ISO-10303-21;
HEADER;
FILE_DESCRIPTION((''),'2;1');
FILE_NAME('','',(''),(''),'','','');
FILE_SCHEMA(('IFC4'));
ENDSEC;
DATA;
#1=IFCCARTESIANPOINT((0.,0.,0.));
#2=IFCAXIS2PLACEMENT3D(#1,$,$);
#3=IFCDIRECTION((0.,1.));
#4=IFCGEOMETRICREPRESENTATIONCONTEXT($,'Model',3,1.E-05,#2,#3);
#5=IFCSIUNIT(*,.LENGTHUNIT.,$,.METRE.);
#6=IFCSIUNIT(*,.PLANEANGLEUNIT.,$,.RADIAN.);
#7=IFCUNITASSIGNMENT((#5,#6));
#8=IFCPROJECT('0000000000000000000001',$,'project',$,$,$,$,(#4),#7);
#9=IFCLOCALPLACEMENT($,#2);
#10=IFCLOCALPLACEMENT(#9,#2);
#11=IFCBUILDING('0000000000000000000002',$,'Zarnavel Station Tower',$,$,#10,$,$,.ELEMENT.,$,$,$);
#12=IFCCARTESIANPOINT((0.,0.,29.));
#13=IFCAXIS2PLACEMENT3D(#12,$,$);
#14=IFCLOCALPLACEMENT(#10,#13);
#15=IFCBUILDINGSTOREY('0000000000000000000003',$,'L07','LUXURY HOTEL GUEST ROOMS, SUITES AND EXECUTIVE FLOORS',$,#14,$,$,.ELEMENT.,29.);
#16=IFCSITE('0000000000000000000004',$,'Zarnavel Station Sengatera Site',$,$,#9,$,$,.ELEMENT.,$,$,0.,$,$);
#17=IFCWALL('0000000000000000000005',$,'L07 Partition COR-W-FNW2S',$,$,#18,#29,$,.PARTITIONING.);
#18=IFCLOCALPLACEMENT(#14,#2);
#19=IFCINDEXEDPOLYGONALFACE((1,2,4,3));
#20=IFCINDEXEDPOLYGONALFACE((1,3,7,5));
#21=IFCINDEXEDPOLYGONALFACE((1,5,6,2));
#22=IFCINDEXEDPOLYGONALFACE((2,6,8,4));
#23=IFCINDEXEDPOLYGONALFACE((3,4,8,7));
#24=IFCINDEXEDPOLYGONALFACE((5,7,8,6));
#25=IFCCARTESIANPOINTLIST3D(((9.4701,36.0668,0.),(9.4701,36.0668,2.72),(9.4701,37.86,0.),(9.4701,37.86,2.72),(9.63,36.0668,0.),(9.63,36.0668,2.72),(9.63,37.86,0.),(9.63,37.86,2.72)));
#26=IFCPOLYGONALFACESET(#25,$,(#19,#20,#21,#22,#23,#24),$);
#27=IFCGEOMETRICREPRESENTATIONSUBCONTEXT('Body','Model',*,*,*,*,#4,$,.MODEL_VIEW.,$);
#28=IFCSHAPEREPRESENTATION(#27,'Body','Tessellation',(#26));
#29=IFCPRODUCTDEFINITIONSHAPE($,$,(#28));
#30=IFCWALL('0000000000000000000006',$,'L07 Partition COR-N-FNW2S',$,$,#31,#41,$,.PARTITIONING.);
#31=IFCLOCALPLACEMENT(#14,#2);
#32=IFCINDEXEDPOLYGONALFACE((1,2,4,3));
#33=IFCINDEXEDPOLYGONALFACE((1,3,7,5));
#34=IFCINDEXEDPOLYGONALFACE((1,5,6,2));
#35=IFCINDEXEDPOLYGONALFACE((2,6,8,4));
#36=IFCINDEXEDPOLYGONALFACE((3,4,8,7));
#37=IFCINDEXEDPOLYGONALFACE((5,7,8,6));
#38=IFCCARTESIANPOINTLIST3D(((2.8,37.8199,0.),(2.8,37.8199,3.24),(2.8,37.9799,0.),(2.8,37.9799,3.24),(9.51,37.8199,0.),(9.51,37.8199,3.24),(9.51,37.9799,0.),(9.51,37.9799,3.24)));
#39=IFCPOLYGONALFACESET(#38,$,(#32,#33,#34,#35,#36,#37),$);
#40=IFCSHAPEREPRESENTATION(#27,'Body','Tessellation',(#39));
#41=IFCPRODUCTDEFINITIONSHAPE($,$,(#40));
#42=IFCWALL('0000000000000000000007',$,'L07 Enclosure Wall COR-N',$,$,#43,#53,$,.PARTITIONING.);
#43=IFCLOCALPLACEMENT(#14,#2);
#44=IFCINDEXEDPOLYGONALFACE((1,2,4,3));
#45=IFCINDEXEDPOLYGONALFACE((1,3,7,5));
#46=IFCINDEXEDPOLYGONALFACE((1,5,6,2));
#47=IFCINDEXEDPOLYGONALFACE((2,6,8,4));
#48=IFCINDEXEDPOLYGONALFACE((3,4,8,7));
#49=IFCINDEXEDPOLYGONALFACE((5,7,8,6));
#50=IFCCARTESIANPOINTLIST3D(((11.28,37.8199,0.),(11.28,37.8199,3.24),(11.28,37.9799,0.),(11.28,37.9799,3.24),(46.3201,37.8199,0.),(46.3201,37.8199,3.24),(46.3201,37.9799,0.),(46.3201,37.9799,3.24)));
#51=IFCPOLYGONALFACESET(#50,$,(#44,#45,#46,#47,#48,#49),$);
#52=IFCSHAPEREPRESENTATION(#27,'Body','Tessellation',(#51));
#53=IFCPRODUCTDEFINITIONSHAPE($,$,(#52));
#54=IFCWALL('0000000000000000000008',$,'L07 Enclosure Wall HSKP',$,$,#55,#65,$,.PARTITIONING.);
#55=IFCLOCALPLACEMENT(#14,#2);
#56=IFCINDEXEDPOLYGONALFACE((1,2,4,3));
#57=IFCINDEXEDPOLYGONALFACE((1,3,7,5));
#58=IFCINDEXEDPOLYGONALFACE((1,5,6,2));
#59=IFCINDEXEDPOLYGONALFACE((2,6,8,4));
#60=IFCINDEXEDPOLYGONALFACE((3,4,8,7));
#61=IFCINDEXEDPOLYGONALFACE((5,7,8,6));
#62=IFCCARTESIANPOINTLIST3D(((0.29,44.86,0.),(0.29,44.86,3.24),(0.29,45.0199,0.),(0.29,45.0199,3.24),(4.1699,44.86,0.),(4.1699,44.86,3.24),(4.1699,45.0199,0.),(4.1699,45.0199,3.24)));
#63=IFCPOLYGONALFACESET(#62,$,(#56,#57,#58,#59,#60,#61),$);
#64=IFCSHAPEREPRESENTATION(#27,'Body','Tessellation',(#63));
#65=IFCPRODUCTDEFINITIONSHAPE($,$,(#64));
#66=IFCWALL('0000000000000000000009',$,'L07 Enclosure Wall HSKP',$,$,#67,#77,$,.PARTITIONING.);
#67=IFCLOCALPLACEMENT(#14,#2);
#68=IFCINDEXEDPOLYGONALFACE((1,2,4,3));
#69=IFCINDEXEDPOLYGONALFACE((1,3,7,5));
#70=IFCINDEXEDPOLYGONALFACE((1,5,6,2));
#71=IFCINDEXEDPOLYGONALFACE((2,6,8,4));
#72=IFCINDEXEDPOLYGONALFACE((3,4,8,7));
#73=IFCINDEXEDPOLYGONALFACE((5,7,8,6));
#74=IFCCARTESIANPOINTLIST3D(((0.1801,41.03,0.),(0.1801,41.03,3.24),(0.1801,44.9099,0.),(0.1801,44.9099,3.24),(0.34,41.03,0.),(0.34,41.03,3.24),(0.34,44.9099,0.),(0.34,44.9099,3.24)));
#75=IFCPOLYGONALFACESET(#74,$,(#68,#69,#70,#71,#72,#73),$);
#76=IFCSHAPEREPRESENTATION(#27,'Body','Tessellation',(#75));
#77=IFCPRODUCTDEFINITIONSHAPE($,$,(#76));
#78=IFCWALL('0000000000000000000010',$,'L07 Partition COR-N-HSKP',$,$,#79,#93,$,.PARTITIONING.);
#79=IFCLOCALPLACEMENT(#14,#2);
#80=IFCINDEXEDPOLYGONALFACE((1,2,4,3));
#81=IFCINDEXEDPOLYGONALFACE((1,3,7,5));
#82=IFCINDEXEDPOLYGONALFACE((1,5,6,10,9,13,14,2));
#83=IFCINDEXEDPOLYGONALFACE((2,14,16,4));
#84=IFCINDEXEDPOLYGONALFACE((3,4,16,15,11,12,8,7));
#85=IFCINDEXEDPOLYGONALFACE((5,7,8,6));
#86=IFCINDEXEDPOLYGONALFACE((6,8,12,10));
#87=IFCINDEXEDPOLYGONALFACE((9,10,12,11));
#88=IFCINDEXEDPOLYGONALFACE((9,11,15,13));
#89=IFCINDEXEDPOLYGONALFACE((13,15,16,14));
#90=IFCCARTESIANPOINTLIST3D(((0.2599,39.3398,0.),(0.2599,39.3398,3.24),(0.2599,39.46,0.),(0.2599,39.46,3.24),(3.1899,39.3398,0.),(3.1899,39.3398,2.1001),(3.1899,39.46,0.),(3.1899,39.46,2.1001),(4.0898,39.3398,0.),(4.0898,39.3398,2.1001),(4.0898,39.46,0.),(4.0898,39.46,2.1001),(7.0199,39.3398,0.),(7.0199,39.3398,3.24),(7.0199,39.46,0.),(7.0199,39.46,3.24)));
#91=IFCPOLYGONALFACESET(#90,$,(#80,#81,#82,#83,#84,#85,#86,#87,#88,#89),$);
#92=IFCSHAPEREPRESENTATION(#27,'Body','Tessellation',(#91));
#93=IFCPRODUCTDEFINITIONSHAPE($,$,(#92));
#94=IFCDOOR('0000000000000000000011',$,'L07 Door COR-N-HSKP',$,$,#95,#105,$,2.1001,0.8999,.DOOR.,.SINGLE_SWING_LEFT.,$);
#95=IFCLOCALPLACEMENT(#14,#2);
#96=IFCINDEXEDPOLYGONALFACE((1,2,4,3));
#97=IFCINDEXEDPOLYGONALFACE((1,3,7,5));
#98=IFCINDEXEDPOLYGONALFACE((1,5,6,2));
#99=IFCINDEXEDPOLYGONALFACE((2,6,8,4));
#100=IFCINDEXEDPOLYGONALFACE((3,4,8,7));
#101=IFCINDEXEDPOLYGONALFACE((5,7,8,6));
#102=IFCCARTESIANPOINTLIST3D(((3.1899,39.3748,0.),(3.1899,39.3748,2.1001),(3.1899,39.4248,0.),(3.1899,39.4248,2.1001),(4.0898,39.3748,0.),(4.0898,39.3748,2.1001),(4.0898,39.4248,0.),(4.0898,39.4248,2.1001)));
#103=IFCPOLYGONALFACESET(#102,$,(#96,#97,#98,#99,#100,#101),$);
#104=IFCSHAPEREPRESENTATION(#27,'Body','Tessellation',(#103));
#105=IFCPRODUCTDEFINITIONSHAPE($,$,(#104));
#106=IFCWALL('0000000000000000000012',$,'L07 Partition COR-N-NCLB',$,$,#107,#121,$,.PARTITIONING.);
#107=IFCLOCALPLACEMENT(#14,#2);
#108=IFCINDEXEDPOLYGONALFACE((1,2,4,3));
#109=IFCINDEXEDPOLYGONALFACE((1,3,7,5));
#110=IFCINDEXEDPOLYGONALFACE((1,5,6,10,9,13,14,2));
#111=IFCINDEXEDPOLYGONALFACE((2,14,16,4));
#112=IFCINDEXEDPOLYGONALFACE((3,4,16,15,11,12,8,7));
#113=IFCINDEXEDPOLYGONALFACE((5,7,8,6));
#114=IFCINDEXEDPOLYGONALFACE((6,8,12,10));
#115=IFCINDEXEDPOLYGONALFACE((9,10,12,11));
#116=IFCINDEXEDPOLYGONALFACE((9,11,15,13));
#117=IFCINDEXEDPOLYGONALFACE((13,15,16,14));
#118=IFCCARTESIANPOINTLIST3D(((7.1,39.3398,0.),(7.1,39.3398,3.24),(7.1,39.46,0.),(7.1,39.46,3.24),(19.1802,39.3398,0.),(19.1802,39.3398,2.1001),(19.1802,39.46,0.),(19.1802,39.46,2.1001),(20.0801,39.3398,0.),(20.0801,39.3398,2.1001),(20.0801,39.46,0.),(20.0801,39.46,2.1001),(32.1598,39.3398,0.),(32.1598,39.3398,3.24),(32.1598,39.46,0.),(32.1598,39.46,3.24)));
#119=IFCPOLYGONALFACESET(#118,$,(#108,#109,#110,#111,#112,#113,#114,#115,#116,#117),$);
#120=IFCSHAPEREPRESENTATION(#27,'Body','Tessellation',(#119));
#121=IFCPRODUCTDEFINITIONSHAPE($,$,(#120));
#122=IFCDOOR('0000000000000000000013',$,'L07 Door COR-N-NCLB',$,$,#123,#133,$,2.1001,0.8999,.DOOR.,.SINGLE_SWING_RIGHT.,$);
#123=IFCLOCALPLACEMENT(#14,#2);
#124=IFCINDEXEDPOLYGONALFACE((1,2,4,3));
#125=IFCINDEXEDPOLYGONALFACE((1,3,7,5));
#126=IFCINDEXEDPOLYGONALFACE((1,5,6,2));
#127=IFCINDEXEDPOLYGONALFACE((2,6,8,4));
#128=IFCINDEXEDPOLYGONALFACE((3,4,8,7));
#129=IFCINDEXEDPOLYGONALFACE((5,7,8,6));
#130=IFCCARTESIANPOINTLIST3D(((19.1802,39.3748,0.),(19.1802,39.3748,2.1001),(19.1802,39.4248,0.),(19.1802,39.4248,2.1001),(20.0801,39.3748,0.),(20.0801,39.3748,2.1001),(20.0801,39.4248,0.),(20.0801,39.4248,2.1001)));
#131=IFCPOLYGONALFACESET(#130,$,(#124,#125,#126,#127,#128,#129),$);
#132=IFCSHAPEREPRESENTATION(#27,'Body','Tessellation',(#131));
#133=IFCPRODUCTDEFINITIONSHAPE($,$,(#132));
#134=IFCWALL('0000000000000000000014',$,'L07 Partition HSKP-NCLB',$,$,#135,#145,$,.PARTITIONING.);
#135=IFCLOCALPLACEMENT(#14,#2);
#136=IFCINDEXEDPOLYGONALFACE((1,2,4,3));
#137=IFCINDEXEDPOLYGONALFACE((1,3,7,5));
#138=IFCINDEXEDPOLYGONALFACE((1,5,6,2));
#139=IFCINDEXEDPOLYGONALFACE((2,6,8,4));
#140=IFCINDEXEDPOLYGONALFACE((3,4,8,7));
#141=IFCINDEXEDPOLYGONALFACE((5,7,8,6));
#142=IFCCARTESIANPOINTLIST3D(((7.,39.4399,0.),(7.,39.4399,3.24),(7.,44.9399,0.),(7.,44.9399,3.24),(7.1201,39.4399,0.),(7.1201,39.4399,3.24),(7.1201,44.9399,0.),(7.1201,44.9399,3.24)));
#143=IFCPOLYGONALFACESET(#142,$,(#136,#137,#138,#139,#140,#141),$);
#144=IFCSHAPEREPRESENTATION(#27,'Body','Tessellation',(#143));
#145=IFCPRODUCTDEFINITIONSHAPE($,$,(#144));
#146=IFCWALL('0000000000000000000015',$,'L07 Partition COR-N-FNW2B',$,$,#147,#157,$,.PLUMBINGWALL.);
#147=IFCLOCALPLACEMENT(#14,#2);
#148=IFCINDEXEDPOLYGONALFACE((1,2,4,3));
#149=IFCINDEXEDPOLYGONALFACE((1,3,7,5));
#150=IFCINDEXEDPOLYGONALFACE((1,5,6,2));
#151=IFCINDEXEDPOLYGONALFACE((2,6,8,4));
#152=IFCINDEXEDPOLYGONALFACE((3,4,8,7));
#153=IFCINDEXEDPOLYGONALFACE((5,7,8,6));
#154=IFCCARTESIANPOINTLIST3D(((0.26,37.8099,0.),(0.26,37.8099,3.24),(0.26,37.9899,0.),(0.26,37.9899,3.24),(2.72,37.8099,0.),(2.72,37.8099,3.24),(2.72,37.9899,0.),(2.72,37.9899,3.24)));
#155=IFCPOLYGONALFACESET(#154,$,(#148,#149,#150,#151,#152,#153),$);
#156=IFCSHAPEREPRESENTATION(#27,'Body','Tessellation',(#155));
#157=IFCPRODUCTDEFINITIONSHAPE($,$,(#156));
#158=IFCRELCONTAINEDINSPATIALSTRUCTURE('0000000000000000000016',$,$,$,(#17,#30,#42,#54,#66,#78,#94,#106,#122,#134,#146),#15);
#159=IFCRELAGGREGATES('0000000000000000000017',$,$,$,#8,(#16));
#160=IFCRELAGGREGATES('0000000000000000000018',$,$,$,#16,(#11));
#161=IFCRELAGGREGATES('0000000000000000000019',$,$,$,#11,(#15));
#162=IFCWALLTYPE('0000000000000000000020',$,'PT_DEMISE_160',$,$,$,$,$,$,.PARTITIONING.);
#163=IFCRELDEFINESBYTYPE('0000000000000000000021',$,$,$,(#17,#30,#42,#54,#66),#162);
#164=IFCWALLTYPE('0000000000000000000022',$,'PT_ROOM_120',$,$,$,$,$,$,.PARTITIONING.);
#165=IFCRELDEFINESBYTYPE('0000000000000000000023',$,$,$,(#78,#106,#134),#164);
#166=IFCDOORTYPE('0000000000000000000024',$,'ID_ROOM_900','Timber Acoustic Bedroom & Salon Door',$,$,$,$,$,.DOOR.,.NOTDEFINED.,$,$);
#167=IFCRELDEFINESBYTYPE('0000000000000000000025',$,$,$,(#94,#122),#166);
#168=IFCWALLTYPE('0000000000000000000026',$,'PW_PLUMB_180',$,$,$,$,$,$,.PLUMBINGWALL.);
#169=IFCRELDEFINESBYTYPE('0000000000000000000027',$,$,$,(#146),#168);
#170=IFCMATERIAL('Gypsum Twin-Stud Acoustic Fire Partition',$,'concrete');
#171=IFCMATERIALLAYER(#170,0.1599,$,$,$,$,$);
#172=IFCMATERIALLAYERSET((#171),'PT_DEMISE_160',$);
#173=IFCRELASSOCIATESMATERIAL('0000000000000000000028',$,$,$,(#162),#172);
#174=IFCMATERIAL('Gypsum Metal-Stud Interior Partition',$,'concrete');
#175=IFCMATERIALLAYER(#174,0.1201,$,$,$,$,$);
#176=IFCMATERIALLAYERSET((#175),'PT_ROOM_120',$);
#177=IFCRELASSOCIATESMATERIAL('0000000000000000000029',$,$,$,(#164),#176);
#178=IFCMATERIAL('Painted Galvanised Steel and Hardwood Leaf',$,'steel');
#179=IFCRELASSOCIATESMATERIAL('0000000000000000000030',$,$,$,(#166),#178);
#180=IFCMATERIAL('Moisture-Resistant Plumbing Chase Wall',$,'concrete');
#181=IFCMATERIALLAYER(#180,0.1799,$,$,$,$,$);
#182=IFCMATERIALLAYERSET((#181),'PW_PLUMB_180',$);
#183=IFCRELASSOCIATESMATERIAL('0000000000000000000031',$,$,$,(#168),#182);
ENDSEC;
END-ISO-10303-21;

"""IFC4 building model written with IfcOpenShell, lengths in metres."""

from ifc_helpers import new_model, si_unit, direction, frame, frame_2d, origin, place, context, subcontext, project, spatial, rectangle, extrude, material, layer, layer_set, type_object, element, fill, save


model = new_model("IFC4")

# Units and contexts
model_context = context("Model", 3, precision=1e-05, world=origin(), true_north=direction((0.0, 1.0)))
body_context = subcontext(model_context, "Body", "Model", "MODEL_VIEW")
ifc_project = project(units=[si_unit("LENGTHUNIT", "METRE"), si_unit("PLANEANGLEUNIT", "RADIAN")], contexts=[model_context])

# Site, building, storey
site_placement = place(None, origin())
site = spatial("IfcSite", under=ifc_project, at=site_placement, Name="Zarnavel Station Sengatera Site", CompositionType="ELEMENT", RefElevation=0.0)
building_placement = place(site_placement, origin())
building = spatial("IfcBuilding", under=site, at=building_placement, Name="Zarnavel Station Tower", CompositionType="ELEMENT")
storey_placement = place(building_placement, frame((0.0, 0.0, 29.0)))
storey = spatial("IfcBuildingStorey", under=building, at=storey_placement, Name="L07", Description="LUXURY HOTEL GUEST ROOMS, SUITES AND EXECUTIVE FLOORS", CompositionType="ELEMENT", Elevation=29.0)

# Walls
ifc_material_1 = material(Name="Gypsum Twin-Stud Acoustic Fire Partition", Category="concrete")
ifc_layer_1 = layer(ifc_material_1, 0.1599)
ifc_layer_set_1 = layer_set([ifc_layer_1], Name="PT_DEMISE_160")
wall_type_1 = type_object("IfcWallType", Name="PT_DEMISE_160", PredefinedType="PARTITIONING", material=ifc_layer_set_1)
wall_1_placement = place(storey_placement, frame((9.55, 36.0669, 0.0), z_axis=(0.0, 0.0, 1.0), x_axis=(0.0, 1.0, 0.0)))
element("IfcWall", 1, at=wall_1_placement, inside=storey, type_object=wall_type_1, Name="L07 Partition COR-W-FNW2S", PredefinedType="PARTITIONING", context=body_context, shape_type="SweptSolid", body=[
    extrude(rectangle(XDim=1.7932, YDim=0.1599, at=frame_2d((0.8965, 0.0))), origin(), (0.0, 0.0, 1.0), 2.72),
])
wall_2_placement = place(storey_placement, frame((2.8, 37.8999, 0.0), z_axis=(0.0, 0.0, 1.0), x_axis=(1.0, 0.0, 0.0)))
element("IfcWall", 2, at=wall_2_placement, inside=storey, type_object=wall_type_1, Name="L07 Partition COR-N-FNW2S", PredefinedType="PARTITIONING", context=body_context, shape_type="SweptSolid", body=[
    extrude(rectangle(XDim=6.71, YDim=0.1599, at=frame_2d((3.355, 0.0))), origin(), (0.0, 0.0, 1.0), 3.24),
])
wall_3_placement = place(storey_placement, frame((11.28, 37.8999, 0.0), z_axis=(0.0, 0.0, 1.0), x_axis=(1.0, 0.0, 0.0)))
element("IfcWall", 3, at=wall_3_placement, inside=storey, type_object=wall_type_1, Name="L07 Enclosure Wall COR-N", PredefinedType="PARTITIONING", context=body_context, shape_type="SweptSolid", body=[
    extrude(rectangle(XDim=35.04, YDim=0.1599, at=frame_2d((17.52, 0.0))), origin(), (0.0, 0.0, 1.0), 3.24),
])
for number, where, z_axis, x_axis, name in (
    (4, (0.29, 44.9399, 0.0), (0.0, 0.0, 1.0), (1.0, 0.0, 0.0), "L07 Enclosure Wall HSKP"),
    (5, (0.26, 41.03, 0.0), (0.0, 0.0, 1.0), (0.0, 1.0, 0.0), "L07 Enclosure Wall HSKP"),
):
    element("IfcWall", number, at=place(storey_placement, frame(where, z_axis=z_axis, x_axis=x_axis)), inside=storey, type_object=wall_type_1, Name=name, PredefinedType="PARTITIONING", context=body_context, shape_type="SweptSolid", body=[
        extrude(rectangle(XDim=3.8799, YDim=0.1599, at=frame_2d((1.9399, 0.0))), origin(), (0.0, 0.0, 1.0), 3.24),
    ])

# Walls, openings, doors
ifc_material_2 = material(Name="Gypsum Metal-Stud Interior Partition", Category="concrete")
ifc_layer_2 = layer(ifc_material_2, 0.1201)
ifc_layer_set_2 = layer_set([ifc_layer_2], Name="PT_ROOM_120")
wall_type_2 = type_object("IfcWallType", Name="PT_ROOM_120", PredefinedType="PARTITIONING", material=ifc_layer_set_2)
wall_4_placement = place(storey_placement, frame((0.26, 39.3999, 0.0), z_axis=(0.0, 0.0, 1.0), x_axis=(1.0, 0.0, 0.0)))
wall_4 = element("IfcWall", 6, at=wall_4_placement, inside=storey, type_object=wall_type_2, Name="L07 Partition COR-N-HSKP", PredefinedType="PARTITIONING", context=body_context, shape_type="SweptSolid", body=[
    extrude(rectangle(XDim=6.76, YDim=0.1201, at=frame_2d((3.3799, 0.0))), origin(), (0.0, 0.0, 1.0), 3.24),
])
opening_1_placement = place(wall_4_placement, frame((2.9299, 0.0, 0.0)))
opening_1 = element("IfcOpeningElement", 7, at=opening_1_placement, cuts=wall_4, PredefinedType="OPENING", context=body_context, shape_type="SweptSolid", body=[
    extrude(rectangle(XDim=0.8999, YDim=2.1001, at=frame_2d((0.45, 1.05))), frame((0.0, 0.0701, 0.0), z_axis=(0.0, -1.0, 0.0), x_axis=(1.0, 0.0, 0.0)), (0.0, 0.0, 1.0), 0.1401),
])
ifc_material_3 = material(Name="Painted Galvanised Steel and Hardwood Leaf", Category="steel")
door_type = type_object("IfcDoorType", Name="ID_ROOM_900", Description="Timber Acoustic Bedroom & Salon Door", OperationType="NOTDEFINED", PredefinedType="DOOR", material=ifc_material_3)
door_1_placement = place(opening_1_placement, origin())
door_1 = element("IfcDoor", 8, at=door_1_placement, inside=storey, type_object=door_type, Name="L07 Door COR-N-HSKP", OperationType="SINGLE_SWING_LEFT", OverallHeight=2.1001, OverallWidth=0.8999, PredefinedType="DOOR", context=body_context, shape_type="SweptSolid", body=[
    extrude(rectangle(XDim=0.8999, YDim=2.1001, at=frame_2d((0.45, 1.05))), frame((0.0, 0.0249, 0.0), z_axis=(0.0, -1.0, 0.0), x_axis=(1.0, 0.0, 0.0)), (0.0, 0.0, 1.0), 0.05),
])
fill(opening_1, door_1)
wall_5_placement = place(storey_placement, frame((7.1001, 39.3999, 0.0), z_axis=(0.0, 0.0, 1.0), x_axis=(1.0, 0.0, 0.0)))
wall_5 = element("IfcWall", 9, at=wall_5_placement, inside=storey, type_object=wall_type_2, Name="L07 Partition COR-N-NCLB", PredefinedType="PARTITIONING", context=body_context, shape_type="SweptSolid", body=[
    extrude(rectangle(XDim=25.0598, YDim=0.1201, at=frame_2d((12.5298, 0.0))), origin(), (0.0, 0.0, 1.0), 3.24),
])
opening_2_placement = place(wall_5_placement, frame((12.0801, 0.0, 0.0)))
opening_2 = element("IfcOpeningElement", 10, at=opening_2_placement, cuts=wall_5, PredefinedType="OPENING", context=body_context, shape_type="SweptSolid", body=[
    extrude(rectangle(XDim=0.8999, YDim=2.1001, at=frame_2d((0.45, 1.05))), frame((0.0, 0.0701, 0.0), z_axis=(0.0, -1.0, 0.0), x_axis=(1.0, 0.0, 0.0)), (0.0, 0.0, 1.0), 0.1401),
])
door_2_placement = place(opening_2_placement, origin())
door_2 = element("IfcDoor", 11, at=door_2_placement, inside=storey, type_object=door_type, Name="L07 Door COR-N-NCLB", OperationType="SINGLE_SWING_RIGHT", OverallHeight=2.1001, OverallWidth=0.8999, PredefinedType="DOOR", context=body_context, shape_type="SweptSolid", body=[
    extrude(rectangle(XDim=0.8999, YDim=2.1001, at=frame_2d((0.45, 1.05))), frame((0.0, 0.0249, 0.0), z_axis=(0.0, -1.0, 0.0), x_axis=(1.0, 0.0, 0.0)), (0.0, 0.0, 1.0), 0.05),
])
fill(opening_2, door_2)

# Walls
wall_6_placement = place(storey_placement, frame((7.0601, 39.4399, 0.0), z_axis=(0.0, 0.0, 1.0), x_axis=(0.0, 1.0, 0.0)))
element("IfcWall", 12, at=wall_6_placement, inside=storey, type_object=wall_type_2, Name="L07 Partition HSKP-NCLB", PredefinedType="PARTITIONING", context=body_context, shape_type="SweptSolid", body=[
    extrude(rectangle(XDim=5.5, YDim=0.1201, at=frame_2d((2.75, 0.0))), origin(), (0.0, 0.0, 1.0), 3.24),
])
ifc_material_4 = material(Name="Moisture-Resistant Plumbing Chase Wall", Category="concrete")
ifc_layer_3 = layer(ifc_material_4, 0.1799)
ifc_layer_set_3 = layer_set([ifc_layer_3], Name="PW_PLUMB_180")
wall_type_3 = type_object("IfcWallType", Name="PW_PLUMB_180", PredefinedType="PLUMBINGWALL", material=ifc_layer_set_3)
wall_7_placement = place(storey_placement, frame((0.26, 37.8999, 0.0), z_axis=(0.0, 0.0, 1.0), x_axis=(1.0, 0.0, 0.0)))
element("IfcWall", 13, at=wall_7_placement, inside=storey, type_object=wall_type_3, Name="L07 Partition COR-N-FNW2B", PredefinedType="PLUMBINGWALL", context=body_context, shape_type="SweptSolid", body=[
    extrude(rectangle(XDim=2.46, YDim=0.1799, at=frame_2d((1.23, 0.0))), origin(), (0.0, 0.0, 1.0), 3.24),
])

save(model, "model.ifc")
